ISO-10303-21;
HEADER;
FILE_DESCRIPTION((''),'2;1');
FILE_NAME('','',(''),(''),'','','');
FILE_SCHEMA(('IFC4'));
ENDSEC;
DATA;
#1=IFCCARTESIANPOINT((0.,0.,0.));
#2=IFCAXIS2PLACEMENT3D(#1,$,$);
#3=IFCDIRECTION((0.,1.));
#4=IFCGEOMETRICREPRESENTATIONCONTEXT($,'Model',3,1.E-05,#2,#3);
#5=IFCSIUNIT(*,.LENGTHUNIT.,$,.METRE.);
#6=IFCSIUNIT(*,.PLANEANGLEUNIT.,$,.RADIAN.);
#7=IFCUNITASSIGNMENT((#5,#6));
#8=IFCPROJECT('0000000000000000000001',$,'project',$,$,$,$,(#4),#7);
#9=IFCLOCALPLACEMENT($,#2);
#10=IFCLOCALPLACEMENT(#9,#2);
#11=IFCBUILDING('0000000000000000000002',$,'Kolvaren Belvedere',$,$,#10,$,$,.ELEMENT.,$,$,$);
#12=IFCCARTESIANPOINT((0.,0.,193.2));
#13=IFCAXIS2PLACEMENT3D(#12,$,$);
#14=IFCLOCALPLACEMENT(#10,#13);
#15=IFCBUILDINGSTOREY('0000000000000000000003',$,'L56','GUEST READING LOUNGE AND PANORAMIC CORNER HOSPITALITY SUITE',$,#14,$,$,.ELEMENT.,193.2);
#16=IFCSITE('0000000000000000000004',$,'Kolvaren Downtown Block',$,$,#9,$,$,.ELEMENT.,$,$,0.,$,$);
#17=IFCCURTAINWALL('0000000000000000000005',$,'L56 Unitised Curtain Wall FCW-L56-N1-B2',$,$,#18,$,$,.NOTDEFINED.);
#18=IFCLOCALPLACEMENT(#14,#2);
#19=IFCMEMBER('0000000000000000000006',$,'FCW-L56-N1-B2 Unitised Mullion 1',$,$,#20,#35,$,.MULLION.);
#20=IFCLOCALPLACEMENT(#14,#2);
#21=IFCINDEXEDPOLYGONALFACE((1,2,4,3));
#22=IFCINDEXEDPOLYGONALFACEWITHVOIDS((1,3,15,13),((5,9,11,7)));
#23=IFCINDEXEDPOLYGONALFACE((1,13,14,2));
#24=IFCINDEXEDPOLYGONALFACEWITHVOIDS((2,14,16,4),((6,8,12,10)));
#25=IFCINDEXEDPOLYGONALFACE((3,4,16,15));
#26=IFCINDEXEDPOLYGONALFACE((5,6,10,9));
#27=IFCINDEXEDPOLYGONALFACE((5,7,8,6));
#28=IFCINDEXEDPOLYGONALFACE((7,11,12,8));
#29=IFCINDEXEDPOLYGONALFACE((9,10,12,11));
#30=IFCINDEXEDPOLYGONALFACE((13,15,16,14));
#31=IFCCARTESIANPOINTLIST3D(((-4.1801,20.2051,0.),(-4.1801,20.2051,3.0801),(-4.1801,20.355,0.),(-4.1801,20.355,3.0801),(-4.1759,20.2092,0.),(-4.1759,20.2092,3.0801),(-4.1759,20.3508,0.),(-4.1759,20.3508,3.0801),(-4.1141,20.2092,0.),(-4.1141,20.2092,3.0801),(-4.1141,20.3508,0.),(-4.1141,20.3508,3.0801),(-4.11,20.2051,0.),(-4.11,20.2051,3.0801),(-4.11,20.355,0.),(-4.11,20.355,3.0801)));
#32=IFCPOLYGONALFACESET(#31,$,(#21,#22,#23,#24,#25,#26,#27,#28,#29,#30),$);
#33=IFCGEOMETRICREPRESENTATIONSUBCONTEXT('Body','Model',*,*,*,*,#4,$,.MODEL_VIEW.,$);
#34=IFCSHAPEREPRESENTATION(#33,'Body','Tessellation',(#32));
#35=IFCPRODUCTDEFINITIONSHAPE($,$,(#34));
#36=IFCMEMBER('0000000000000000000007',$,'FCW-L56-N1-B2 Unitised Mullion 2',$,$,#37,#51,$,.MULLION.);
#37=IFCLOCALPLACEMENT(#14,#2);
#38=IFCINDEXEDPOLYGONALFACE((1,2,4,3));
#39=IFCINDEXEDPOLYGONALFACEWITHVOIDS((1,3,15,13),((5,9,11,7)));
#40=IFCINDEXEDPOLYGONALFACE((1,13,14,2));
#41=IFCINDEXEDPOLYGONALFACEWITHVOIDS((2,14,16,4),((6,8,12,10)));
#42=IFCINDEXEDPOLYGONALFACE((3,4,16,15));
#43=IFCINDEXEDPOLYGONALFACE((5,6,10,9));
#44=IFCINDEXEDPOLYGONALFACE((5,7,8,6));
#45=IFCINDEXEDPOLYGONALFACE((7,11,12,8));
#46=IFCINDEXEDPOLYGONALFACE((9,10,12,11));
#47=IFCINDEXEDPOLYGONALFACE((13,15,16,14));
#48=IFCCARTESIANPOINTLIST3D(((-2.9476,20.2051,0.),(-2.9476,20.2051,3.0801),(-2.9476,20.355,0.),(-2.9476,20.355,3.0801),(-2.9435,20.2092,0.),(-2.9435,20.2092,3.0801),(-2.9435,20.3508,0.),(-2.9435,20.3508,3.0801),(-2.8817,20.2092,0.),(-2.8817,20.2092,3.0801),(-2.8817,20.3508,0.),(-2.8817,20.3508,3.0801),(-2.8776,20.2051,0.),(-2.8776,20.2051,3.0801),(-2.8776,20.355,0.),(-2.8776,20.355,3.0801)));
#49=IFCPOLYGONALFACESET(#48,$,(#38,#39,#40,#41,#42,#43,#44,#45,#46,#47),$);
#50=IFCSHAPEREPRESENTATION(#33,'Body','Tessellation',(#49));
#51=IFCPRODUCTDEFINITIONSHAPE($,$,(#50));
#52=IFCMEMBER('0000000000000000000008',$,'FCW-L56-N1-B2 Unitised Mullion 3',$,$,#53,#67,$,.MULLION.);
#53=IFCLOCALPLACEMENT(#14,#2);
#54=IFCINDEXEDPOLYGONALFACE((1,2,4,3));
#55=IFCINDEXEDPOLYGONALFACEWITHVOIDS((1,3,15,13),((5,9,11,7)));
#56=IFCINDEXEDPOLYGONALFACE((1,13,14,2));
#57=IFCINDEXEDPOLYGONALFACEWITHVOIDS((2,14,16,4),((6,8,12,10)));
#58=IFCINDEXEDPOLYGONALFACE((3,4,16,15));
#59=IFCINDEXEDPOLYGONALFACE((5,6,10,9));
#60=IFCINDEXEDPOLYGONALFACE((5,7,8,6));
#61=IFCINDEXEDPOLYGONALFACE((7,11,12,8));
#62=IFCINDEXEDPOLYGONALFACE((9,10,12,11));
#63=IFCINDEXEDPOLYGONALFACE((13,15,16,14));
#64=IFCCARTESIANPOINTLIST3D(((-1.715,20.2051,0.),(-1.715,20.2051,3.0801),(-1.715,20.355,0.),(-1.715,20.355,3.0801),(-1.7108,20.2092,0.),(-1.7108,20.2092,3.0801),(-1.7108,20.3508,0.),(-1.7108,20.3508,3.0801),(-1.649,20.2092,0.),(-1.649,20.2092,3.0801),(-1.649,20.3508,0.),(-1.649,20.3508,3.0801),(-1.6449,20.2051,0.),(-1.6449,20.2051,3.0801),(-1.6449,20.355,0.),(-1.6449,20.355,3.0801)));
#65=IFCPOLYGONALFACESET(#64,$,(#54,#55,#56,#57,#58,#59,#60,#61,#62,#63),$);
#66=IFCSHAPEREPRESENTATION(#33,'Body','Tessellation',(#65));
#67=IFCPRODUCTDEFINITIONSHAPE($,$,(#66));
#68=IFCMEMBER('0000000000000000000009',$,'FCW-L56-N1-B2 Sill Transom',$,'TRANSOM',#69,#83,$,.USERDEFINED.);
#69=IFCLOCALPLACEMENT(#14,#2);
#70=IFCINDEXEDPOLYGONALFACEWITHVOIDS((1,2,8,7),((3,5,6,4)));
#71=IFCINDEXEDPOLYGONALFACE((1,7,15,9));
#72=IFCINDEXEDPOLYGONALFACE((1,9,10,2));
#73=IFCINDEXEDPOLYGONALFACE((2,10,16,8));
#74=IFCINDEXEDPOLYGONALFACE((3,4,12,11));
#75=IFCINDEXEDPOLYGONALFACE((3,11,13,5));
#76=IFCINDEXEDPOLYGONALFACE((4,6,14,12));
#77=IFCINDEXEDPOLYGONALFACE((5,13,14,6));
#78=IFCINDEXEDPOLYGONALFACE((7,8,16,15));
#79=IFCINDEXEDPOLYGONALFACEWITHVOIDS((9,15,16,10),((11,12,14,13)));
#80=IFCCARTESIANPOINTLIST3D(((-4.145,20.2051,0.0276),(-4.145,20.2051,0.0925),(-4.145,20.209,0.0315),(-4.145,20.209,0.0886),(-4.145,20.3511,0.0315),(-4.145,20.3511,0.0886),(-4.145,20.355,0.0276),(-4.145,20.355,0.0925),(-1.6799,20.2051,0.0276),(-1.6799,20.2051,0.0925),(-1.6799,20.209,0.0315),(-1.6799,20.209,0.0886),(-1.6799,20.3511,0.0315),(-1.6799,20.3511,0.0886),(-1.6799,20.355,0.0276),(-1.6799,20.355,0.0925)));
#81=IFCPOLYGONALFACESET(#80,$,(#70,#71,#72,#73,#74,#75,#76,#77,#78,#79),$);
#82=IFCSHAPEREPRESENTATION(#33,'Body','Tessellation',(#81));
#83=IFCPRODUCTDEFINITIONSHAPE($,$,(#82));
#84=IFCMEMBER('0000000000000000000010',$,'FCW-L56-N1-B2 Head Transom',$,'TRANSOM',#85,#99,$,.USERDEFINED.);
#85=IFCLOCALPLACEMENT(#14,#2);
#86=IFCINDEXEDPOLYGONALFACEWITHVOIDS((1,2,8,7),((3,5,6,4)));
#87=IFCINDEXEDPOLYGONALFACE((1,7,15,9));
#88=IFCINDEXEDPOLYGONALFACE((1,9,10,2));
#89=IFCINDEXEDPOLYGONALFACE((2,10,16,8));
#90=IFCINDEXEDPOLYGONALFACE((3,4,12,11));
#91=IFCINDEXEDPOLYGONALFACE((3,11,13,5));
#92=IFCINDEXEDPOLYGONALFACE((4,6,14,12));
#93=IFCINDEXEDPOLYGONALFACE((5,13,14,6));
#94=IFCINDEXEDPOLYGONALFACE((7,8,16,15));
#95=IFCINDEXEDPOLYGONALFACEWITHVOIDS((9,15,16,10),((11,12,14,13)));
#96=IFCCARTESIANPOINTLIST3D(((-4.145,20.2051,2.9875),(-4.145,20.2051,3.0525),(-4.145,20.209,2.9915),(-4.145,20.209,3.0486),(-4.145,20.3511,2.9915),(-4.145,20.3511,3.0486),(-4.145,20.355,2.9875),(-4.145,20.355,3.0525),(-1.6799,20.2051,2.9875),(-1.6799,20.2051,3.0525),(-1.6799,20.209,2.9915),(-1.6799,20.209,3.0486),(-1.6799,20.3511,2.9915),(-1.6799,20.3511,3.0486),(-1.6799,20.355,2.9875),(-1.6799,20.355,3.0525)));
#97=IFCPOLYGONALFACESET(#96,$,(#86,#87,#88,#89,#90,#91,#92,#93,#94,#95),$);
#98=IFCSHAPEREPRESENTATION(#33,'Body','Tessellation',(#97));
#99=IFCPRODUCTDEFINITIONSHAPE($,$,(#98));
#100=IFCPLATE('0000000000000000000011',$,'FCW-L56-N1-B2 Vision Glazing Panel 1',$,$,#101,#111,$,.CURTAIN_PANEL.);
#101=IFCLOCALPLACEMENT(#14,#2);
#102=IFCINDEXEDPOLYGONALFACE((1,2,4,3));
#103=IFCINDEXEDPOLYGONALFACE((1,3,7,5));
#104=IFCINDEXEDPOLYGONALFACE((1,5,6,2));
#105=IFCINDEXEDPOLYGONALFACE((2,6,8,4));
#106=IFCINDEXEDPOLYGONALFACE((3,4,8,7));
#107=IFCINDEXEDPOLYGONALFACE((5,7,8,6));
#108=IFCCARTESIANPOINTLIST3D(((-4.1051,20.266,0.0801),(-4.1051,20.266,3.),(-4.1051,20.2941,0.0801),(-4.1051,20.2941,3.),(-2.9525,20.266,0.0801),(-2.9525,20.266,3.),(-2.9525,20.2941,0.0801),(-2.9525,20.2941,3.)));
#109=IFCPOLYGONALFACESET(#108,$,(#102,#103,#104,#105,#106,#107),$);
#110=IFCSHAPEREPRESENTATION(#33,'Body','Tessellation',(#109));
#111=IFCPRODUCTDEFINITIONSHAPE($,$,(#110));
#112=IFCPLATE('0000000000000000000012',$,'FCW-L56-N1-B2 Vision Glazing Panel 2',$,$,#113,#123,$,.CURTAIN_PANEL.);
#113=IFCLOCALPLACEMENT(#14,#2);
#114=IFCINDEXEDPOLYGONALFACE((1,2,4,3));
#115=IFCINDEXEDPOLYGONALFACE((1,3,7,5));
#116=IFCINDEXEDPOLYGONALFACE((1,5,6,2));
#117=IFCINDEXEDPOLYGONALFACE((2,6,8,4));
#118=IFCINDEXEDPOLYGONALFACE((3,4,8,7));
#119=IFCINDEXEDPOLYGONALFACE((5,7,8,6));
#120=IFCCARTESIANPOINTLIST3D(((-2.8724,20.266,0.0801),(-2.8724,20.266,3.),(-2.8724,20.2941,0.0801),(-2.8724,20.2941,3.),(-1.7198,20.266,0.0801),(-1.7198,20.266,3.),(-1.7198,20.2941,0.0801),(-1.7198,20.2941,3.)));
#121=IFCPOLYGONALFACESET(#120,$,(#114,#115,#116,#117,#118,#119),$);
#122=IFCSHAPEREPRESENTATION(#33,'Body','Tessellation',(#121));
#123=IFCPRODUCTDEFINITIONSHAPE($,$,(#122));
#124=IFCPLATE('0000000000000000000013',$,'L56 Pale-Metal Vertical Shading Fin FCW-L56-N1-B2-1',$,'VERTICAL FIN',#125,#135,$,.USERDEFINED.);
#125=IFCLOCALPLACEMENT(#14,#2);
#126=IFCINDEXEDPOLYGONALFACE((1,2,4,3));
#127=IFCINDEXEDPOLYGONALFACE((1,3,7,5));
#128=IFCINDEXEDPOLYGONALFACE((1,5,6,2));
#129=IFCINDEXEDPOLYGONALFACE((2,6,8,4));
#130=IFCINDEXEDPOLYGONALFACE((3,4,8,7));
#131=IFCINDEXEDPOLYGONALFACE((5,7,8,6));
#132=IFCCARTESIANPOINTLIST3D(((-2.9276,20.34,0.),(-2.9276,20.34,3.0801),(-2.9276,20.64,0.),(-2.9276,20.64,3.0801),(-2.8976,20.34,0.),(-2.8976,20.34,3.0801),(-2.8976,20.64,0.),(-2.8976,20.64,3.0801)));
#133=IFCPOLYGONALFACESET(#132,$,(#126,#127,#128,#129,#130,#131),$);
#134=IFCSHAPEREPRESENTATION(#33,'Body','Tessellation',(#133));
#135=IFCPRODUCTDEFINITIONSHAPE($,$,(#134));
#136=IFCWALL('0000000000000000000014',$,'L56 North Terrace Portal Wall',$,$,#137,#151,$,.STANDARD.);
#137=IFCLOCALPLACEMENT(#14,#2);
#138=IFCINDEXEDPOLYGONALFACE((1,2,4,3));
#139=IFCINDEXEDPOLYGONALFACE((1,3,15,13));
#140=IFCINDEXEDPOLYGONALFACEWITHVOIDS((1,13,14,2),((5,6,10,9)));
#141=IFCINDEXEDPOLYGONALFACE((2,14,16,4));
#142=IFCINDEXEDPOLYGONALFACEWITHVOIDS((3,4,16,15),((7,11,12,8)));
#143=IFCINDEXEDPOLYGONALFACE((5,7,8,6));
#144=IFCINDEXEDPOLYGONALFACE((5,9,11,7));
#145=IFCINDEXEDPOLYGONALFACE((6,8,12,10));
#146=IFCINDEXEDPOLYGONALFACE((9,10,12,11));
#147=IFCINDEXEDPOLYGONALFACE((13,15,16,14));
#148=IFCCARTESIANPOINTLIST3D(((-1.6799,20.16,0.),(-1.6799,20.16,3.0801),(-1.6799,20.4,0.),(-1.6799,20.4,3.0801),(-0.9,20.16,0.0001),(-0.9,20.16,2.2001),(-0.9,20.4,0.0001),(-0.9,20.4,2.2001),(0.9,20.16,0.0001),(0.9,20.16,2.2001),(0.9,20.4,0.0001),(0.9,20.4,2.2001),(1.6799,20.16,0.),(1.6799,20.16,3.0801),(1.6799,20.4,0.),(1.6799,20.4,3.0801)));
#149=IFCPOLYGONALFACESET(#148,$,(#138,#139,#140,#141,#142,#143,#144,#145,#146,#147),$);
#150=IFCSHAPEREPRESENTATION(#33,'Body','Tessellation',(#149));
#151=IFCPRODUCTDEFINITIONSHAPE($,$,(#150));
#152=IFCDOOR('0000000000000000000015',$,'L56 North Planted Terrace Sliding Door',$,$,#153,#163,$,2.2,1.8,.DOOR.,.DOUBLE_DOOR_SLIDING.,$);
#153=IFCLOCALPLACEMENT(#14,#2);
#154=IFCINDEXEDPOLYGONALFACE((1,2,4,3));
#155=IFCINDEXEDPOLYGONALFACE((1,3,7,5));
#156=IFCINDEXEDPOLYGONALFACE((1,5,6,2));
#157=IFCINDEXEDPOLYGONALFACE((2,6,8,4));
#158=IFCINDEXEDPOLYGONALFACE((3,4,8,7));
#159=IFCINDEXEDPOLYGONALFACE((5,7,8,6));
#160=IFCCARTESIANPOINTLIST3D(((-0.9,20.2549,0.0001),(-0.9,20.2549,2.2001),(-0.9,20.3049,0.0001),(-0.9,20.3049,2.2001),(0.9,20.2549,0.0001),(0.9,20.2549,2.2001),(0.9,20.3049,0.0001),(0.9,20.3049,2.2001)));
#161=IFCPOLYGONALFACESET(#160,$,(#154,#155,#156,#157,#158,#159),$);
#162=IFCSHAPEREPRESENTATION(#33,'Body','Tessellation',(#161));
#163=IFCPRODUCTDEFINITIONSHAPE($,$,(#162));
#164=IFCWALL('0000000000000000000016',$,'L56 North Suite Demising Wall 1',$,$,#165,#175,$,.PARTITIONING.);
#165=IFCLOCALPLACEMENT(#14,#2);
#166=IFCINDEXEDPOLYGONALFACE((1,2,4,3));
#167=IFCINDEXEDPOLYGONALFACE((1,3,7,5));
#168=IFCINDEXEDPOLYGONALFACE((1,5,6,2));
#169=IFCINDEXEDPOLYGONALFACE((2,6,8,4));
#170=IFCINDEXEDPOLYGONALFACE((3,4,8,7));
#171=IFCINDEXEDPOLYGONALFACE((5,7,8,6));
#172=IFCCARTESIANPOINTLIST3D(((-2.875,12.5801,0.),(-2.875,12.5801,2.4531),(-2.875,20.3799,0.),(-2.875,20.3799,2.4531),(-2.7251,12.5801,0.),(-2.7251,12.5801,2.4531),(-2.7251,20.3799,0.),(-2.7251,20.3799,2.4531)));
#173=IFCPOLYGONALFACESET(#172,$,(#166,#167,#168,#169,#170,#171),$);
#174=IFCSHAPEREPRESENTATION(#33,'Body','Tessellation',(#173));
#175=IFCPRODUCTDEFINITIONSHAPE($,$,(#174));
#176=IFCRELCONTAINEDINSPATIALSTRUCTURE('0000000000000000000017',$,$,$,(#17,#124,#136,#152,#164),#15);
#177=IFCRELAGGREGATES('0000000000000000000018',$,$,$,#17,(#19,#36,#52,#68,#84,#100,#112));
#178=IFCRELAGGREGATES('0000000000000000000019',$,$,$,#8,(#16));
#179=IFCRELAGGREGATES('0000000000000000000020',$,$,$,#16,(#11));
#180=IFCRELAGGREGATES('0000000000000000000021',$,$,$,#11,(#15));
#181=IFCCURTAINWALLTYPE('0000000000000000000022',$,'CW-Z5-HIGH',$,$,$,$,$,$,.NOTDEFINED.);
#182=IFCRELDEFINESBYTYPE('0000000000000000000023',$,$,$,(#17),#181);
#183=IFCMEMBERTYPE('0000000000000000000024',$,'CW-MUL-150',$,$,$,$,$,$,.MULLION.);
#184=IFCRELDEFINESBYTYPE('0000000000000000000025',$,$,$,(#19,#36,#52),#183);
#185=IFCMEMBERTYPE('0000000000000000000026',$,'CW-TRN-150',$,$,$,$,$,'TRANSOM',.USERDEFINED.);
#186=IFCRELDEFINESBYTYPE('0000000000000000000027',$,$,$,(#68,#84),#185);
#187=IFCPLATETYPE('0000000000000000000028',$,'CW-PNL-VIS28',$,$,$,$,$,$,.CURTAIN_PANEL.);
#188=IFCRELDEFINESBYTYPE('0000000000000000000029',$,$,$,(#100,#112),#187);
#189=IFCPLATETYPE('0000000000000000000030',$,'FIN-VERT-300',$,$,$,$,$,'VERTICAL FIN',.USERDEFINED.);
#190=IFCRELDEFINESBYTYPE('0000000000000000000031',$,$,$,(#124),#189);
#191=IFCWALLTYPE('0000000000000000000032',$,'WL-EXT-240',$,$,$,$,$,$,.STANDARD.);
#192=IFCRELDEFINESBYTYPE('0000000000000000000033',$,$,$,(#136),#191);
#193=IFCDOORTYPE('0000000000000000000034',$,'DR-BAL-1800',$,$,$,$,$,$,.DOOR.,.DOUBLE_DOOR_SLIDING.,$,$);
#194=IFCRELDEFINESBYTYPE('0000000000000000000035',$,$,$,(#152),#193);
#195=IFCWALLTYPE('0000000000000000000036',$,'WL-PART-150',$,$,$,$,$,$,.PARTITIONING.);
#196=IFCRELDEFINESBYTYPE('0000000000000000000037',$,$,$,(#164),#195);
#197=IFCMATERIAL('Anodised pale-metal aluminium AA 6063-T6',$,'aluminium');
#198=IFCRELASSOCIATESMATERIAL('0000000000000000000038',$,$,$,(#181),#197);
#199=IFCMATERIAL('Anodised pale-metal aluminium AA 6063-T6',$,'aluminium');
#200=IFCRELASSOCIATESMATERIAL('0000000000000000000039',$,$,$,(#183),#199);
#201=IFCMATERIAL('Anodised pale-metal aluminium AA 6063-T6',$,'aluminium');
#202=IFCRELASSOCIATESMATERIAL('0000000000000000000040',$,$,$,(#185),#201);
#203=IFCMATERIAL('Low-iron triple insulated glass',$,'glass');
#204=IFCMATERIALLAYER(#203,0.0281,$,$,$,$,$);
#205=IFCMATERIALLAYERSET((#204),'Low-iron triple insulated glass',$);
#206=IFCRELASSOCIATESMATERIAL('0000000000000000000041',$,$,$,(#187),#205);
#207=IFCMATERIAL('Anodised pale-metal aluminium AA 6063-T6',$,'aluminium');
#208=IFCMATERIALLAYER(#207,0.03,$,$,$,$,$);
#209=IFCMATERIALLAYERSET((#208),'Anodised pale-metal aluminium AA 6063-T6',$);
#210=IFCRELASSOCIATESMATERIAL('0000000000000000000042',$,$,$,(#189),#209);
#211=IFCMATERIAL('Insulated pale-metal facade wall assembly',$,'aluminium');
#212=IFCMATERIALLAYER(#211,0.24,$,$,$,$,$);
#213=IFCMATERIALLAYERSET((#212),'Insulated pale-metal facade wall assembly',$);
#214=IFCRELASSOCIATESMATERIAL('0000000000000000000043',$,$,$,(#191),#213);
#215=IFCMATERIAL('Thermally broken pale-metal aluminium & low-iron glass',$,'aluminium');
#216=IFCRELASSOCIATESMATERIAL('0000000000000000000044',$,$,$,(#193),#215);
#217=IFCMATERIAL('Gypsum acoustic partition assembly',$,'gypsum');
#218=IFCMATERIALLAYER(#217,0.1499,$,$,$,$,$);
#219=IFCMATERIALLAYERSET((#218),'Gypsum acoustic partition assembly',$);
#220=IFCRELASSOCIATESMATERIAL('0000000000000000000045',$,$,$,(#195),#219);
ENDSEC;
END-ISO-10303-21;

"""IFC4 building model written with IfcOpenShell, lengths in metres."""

from ifc_helpers import new_model, si_unit, direction, frame, frame_2d, origin, origin_2d, place, context, subcontext, project, spatial, rectangle, hollow_rectangle, extrude, material, layer, layer_set, material_profile, profile_set, type_object, element, fill, aggregate, save


model = new_model("IFC4")

# Units and contexts
model_context = context("Model", 3, precision=1e-05, world=origin(), true_north=direction((0.0, 1.0)))
body_context = subcontext(model_context, "Body", "Model", "MODEL_VIEW")
ifc_project = project(units=[si_unit("LENGTHUNIT", "METRE"), si_unit("PLANEANGLEUNIT", "RADIAN")], contexts=[model_context])

# Site, building, storey
site_placement = place(None, origin())
site = spatial("IfcSite", under=ifc_project, at=site_placement, Name="Kolvaren Downtown Block", CompositionType="ELEMENT", RefElevation=0.0)
building_placement = place(site_placement, origin())
building = spatial("IfcBuilding", under=site, at=building_placement, Name="Kolvaren Belvedere", CompositionType="ELEMENT")
storey_placement = place(building_placement, frame((0.0, 0.0, 193.2)))
storey = spatial("IfcBuildingStorey", under=building, at=storey_placement, Name="L56", Description="GUEST READING LOUNGE AND PANORAMIC CORNER HOSPITALITY SUITE", CompositionType="ELEMENT", Elevation=193.2)

# Shared definitions
ifc_material_1 = material(Name="Anodised pale-metal aluminium AA 6063-T6", Category="aluminium")
curtain_wall_type = type_object("IfcCurtainWallType", Name="CW-Z5-HIGH", PredefinedType="NOTDEFINED", material=ifc_material_1)
ifc_material_2 = material(Name="Anodised pale-metal aluminium AA 6063-T6", Category="aluminium")
ifc_material_profile_1 = material_profile(ifc_material_2, hollow_rectangle(XDim=0.0701, YDim=0.1499, WallThickness=0.0042, at=origin_2d()), Name="ALU-MUL-150X70")
ifc_profile_set_1 = profile_set([ifc_material_profile_1], Name="Anodised pale-metal aluminium AA 6063-T6")
member_type_1 = type_object("IfcMemberType", Name="CW-MUL-150", PredefinedType="MULLION", material=ifc_profile_set_1)

# Curtain wall, members, plates
curtain_wall_1_placement = place(storey_placement, origin())
curtain_wall_1 = element("IfcCurtainWall", 1, at=curtain_wall_1_placement, inside=storey, type_object=curtain_wall_type, Name="L56 Unitised Curtain Wall FCW-L56-N1-B2", PredefinedType="NOTDEFINED")
member_1_placement = place(storey_placement, frame((-4.145, 20.28, 0.0), z_axis=(0.0, 0.0, 1.0), x_axis=(1.0, 0.0, 0.0)))
member_1 = element("IfcMember", 2, at=member_1_placement, type_object=member_type_1, Name="FCW-L56-N1-B2 Unitised Mullion 1", PredefinedType="MULLION", context=body_context, shape_type="SweptSolid", body=[
    extrude(hollow_rectangle(XDim=0.0701, YDim=0.1499, WallThickness=0.0042, at=origin_2d()), origin(), (0.0, 0.0, 1.0), 3.0801),
])
member_2_placement = place(storey_placement, frame((-2.9126, 20.28, 0.0), z_axis=(0.0, 0.0, 1.0), x_axis=(1.0, 0.0, 0.0)))
member_2 = element("IfcMember", 3, at=member_2_placement, type_object=member_type_1, Name="FCW-L56-N1-B2 Unitised Mullion 2", PredefinedType="MULLION", context=body_context, shape_type="SweptSolid", body=[
    extrude(hollow_rectangle(XDim=0.0701, YDim=0.1499, WallThickness=0.0042, at=origin_2d()), origin(), (0.0, 0.0, 1.0), 3.0801),
])
member_3_placement = place(storey_placement, frame((-1.6799, 20.28, 0.0), z_axis=(0.0, 0.0, 1.0), x_axis=(1.0, 0.0, 0.0)))
member_3 = element("IfcMember", 4, at=member_3_placement, type_object=member_type_1, Name="FCW-L56-N1-B2 Unitised Mullion 3", PredefinedType="MULLION", context=body_context, shape_type="SweptSolid", body=[
    extrude(hollow_rectangle(XDim=0.0701, YDim=0.1499, WallThickness=0.0042, at=origin_2d()), origin(), (0.0, 0.0, 1.0), 3.0801),
])
ifc_material_3 = material(Name="Anodised pale-metal aluminium AA 6063-T6", Category="aluminium")
ifc_material_profile_2 = material_profile(ifc_material_3, hollow_rectangle(XDim=0.0649, YDim=0.1499, WallThickness=0.0039, at=origin_2d()), Name="ALU-TRN-150X65")
ifc_profile_set_2 = profile_set([ifc_material_profile_2], Name="Anodised pale-metal aluminium AA 6063-T6")
member_type_2 = type_object("IfcMemberType", Name="CW-TRN-150", ElementType="TRANSOM", PredefinedType="USERDEFINED", material=ifc_profile_set_2)
member_4_placement = place(storey_placement, frame((-4.145, 20.28, 0.0601), z_axis=(1.0, 0.0, 0.0), x_axis=(0.0, 0.0, 1.0)))
member_4 = element("IfcMember", 5, at=member_4_placement, type_object=member_type_2, Name="FCW-L56-N1-B2 Sill Transom", ObjectType="TRANSOM", PredefinedType="USERDEFINED", context=body_context, shape_type="SweptSolid", body=[
    extrude(hollow_rectangle(XDim=0.0649, YDim=0.1499, WallThickness=0.0039, at=origin_2d()), origin(), (0.0, 0.0, 1.0), 2.4651),
])
member_5_placement = place(storey_placement, frame((-4.145, 20.28, 3.02), z_axis=(1.0, 0.0, 0.0), x_axis=(0.0, 0.0, 1.0)))
member_5 = element("IfcMember", 6, at=member_5_placement, type_object=member_type_2, Name="FCW-L56-N1-B2 Head Transom", ObjectType="TRANSOM", PredefinedType="USERDEFINED", context=body_context, shape_type="SweptSolid", body=[
    extrude(hollow_rectangle(XDim=0.0649, YDim=0.1499, WallThickness=0.0039, at=origin_2d()), origin(), (0.0, 0.0, 1.0), 2.4651),
])
ifc_material_4 = material(Name="Low-iron triple insulated glass", Category="glass")
ifc_layer_1 = layer(ifc_material_4, 0.0281)
ifc_layer_set_1 = layer_set([ifc_layer_1], Name="Low-iron triple insulated glass")
plate_type_1 = type_object("IfcPlateType", Name="CW-PNL-VIS28", PredefinedType="CURTAIN_PANEL", material=ifc_layer_set_1)
plate_1_placement = place(storey_placement, frame((-3.5288, 20.28, 0.0801), z_axis=(0.0, 0.0, 1.0), x_axis=(1.0, 0.0, 0.0)))
plate_1 = element("IfcPlate", 7, at=plate_1_placement, type_object=plate_type_1, Name="FCW-L56-N1-B2 Vision Glazing Panel 1", PredefinedType="CURTAIN_PANEL", context=body_context, shape_type="SweptSolid", body=[
    extrude(rectangle(XDim=1.1526, YDim=0.0281, at=origin_2d()), origin(), (0.0, 0.0, 1.0), 2.9199),
])
plate_2_placement = place(storey_placement, frame((-2.2961, 20.28, 0.0801), z_axis=(0.0, 0.0, 1.0), x_axis=(1.0, 0.0, 0.0)))
plate_2 = element("IfcPlate", 8, at=plate_2_placement, type_object=plate_type_1, Name="FCW-L56-N1-B2 Vision Glazing Panel 2", PredefinedType="CURTAIN_PANEL", context=body_context, shape_type="SweptSolid", body=[
    extrude(rectangle(XDim=1.1526, YDim=0.0281, at=origin_2d()), origin(), (0.0, 0.0, 1.0), 2.9199),
])
aggregate(curtain_wall_1, [member_1, member_2, member_3, member_4, member_5, plate_1, plate_2])

# Plate
ifc_material_5 = material(Name="Anodised pale-metal aluminium AA 6063-T6", Category="aluminium")
ifc_layer_2 = layer(ifc_material_5, 0.03)
ifc_layer_set_2 = layer_set([ifc_layer_2], Name="Anodised pale-metal aluminium AA 6063-T6")
plate_type_2 = type_object("IfcPlateType", Name="FIN-VERT-300", ElementType="VERTICAL FIN", PredefinedType="USERDEFINED", material=ifc_layer_set_2)
plate_3_placement = place(storey_placement, frame((-2.9126, 20.49, 0.0), z_axis=(0.0, 0.0, 1.0), x_axis=(0.0, 1.0, 0.0)))
element("IfcPlate", 9, at=plate_3_placement, inside=storey, type_object=plate_type_2, Name="L56 Pale-Metal Vertical Shading Fin FCW-L56-N1-B2-1", ObjectType="VERTICAL FIN", PredefinedType="USERDEFINED", context=body_context, shape_type="SweptSolid", body=[
    extrude(rectangle(XDim=0.3, YDim=0.03, at=origin_2d()), origin(), (0.0, 0.0, 1.0), 3.0801),
])

# Wall, opening, door
ifc_material_6 = material(Name="Insulated pale-metal facade wall assembly", Category="aluminium")
ifc_layer_3 = layer(ifc_material_6, 0.24)
ifc_layer_set_3 = layer_set([ifc_layer_3], Name="Insulated pale-metal facade wall assembly")
wall_type_1 = type_object("IfcWallType", Name="WL-EXT-240", PredefinedType="STANDARD", material=ifc_layer_set_3)
wall_1_placement = place(storey_placement, frame((-1.6799, 20.28, 0.0), z_axis=(0.0, 0.0, 1.0), x_axis=(1.0, 0.0, 0.0)))
wall_1 = element("IfcWall", 10, at=wall_1_placement, inside=storey, type_object=wall_type_1, Name="L56 North Terrace Portal Wall", PredefinedType="STANDARD", context=body_context, shape_type="SweptSolid", body=[
    extrude(rectangle(XDim=3.3599, YDim=0.24, at=frame_2d((1.6799, 0.0))), origin(), (0.0, 0.0, 1.0), 3.0801),
])
opening_placement = place(wall_1_placement, frame((0.78, 0.0, 0.0)))
opening = element("IfcOpeningElement", 11, at=opening_placement, cuts=wall_1, PredefinedType="OPENING", context=body_context, shape_type="SweptSolid", body=[
    extrude(rectangle(XDim=1.8, YDim=2.2, at=frame_2d((0.8999, 1.1001))), frame((0.0, 0.1299, 0.0), z_axis=(0.0, -1.0, 0.0), x_axis=(1.0, 0.0, 0.0)), (0.0, 0.0, 1.0), 0.26),
])
ifc_material_7 = material(Name="Thermally broken pale-metal aluminium & low-iron glass", Category="aluminium")
door_type = type_object("IfcDoorType", Name="DR-BAL-1800", OperationType="DOUBLE_DOOR_SLIDING", PredefinedType="DOOR", material=ifc_material_7)
door_placement = place(opening_placement, origin())
door = element("IfcDoor", 12, at=door_placement, inside=storey, type_object=door_type, Name="L56 North Planted Terrace Sliding Door", OperationType="DOUBLE_DOOR_SLIDING", OverallHeight=2.2, OverallWidth=1.8, PredefinedType="DOOR", context=body_context, shape_type="SweptSolid", body=[
    extrude(rectangle(XDim=1.8, YDim=2.2, at=frame_2d((0.8999, 1.1001))), frame((0.0, 0.0249, 0.0), z_axis=(0.0, -1.0, 0.0), x_axis=(1.0, 0.0, 0.0)), (0.0, 0.0, 1.0), 0.05),
])
fill(opening, door)

# Wall
ifc_material_8 = material(Name="Gypsum acoustic partition assembly", Category="gypsum")
ifc_layer_4 = layer(ifc_material_8, 0.1499)
ifc_layer_set_4 = layer_set([ifc_layer_4], Name="Gypsum acoustic partition assembly")
wall_type_2 = type_object("IfcWallType", Name="WL-PART-150", PredefinedType="PARTITIONING", material=ifc_layer_set_4)
wall_2_placement = place(storey_placement, frame((-2.8, 12.5801, 0.0), z_axis=(0.0, 0.0, 1.0), x_axis=(0.0, 1.0, 0.0)))
element("IfcWall", 13, at=wall_2_placement, inside=storey, type_object=wall_type_2, Name="L56 North Suite Demising Wall 1", PredefinedType="PARTITIONING", context=body_context, shape_type="SweptSolid", body=[
    extrude(rectangle(XDim=7.7998, YDim=0.1499, at=frame_2d((3.8999, 0.0))), origin(), (0.0, 0.0, 1.0), 2.4531),
])

save(model, "model.ifc")
